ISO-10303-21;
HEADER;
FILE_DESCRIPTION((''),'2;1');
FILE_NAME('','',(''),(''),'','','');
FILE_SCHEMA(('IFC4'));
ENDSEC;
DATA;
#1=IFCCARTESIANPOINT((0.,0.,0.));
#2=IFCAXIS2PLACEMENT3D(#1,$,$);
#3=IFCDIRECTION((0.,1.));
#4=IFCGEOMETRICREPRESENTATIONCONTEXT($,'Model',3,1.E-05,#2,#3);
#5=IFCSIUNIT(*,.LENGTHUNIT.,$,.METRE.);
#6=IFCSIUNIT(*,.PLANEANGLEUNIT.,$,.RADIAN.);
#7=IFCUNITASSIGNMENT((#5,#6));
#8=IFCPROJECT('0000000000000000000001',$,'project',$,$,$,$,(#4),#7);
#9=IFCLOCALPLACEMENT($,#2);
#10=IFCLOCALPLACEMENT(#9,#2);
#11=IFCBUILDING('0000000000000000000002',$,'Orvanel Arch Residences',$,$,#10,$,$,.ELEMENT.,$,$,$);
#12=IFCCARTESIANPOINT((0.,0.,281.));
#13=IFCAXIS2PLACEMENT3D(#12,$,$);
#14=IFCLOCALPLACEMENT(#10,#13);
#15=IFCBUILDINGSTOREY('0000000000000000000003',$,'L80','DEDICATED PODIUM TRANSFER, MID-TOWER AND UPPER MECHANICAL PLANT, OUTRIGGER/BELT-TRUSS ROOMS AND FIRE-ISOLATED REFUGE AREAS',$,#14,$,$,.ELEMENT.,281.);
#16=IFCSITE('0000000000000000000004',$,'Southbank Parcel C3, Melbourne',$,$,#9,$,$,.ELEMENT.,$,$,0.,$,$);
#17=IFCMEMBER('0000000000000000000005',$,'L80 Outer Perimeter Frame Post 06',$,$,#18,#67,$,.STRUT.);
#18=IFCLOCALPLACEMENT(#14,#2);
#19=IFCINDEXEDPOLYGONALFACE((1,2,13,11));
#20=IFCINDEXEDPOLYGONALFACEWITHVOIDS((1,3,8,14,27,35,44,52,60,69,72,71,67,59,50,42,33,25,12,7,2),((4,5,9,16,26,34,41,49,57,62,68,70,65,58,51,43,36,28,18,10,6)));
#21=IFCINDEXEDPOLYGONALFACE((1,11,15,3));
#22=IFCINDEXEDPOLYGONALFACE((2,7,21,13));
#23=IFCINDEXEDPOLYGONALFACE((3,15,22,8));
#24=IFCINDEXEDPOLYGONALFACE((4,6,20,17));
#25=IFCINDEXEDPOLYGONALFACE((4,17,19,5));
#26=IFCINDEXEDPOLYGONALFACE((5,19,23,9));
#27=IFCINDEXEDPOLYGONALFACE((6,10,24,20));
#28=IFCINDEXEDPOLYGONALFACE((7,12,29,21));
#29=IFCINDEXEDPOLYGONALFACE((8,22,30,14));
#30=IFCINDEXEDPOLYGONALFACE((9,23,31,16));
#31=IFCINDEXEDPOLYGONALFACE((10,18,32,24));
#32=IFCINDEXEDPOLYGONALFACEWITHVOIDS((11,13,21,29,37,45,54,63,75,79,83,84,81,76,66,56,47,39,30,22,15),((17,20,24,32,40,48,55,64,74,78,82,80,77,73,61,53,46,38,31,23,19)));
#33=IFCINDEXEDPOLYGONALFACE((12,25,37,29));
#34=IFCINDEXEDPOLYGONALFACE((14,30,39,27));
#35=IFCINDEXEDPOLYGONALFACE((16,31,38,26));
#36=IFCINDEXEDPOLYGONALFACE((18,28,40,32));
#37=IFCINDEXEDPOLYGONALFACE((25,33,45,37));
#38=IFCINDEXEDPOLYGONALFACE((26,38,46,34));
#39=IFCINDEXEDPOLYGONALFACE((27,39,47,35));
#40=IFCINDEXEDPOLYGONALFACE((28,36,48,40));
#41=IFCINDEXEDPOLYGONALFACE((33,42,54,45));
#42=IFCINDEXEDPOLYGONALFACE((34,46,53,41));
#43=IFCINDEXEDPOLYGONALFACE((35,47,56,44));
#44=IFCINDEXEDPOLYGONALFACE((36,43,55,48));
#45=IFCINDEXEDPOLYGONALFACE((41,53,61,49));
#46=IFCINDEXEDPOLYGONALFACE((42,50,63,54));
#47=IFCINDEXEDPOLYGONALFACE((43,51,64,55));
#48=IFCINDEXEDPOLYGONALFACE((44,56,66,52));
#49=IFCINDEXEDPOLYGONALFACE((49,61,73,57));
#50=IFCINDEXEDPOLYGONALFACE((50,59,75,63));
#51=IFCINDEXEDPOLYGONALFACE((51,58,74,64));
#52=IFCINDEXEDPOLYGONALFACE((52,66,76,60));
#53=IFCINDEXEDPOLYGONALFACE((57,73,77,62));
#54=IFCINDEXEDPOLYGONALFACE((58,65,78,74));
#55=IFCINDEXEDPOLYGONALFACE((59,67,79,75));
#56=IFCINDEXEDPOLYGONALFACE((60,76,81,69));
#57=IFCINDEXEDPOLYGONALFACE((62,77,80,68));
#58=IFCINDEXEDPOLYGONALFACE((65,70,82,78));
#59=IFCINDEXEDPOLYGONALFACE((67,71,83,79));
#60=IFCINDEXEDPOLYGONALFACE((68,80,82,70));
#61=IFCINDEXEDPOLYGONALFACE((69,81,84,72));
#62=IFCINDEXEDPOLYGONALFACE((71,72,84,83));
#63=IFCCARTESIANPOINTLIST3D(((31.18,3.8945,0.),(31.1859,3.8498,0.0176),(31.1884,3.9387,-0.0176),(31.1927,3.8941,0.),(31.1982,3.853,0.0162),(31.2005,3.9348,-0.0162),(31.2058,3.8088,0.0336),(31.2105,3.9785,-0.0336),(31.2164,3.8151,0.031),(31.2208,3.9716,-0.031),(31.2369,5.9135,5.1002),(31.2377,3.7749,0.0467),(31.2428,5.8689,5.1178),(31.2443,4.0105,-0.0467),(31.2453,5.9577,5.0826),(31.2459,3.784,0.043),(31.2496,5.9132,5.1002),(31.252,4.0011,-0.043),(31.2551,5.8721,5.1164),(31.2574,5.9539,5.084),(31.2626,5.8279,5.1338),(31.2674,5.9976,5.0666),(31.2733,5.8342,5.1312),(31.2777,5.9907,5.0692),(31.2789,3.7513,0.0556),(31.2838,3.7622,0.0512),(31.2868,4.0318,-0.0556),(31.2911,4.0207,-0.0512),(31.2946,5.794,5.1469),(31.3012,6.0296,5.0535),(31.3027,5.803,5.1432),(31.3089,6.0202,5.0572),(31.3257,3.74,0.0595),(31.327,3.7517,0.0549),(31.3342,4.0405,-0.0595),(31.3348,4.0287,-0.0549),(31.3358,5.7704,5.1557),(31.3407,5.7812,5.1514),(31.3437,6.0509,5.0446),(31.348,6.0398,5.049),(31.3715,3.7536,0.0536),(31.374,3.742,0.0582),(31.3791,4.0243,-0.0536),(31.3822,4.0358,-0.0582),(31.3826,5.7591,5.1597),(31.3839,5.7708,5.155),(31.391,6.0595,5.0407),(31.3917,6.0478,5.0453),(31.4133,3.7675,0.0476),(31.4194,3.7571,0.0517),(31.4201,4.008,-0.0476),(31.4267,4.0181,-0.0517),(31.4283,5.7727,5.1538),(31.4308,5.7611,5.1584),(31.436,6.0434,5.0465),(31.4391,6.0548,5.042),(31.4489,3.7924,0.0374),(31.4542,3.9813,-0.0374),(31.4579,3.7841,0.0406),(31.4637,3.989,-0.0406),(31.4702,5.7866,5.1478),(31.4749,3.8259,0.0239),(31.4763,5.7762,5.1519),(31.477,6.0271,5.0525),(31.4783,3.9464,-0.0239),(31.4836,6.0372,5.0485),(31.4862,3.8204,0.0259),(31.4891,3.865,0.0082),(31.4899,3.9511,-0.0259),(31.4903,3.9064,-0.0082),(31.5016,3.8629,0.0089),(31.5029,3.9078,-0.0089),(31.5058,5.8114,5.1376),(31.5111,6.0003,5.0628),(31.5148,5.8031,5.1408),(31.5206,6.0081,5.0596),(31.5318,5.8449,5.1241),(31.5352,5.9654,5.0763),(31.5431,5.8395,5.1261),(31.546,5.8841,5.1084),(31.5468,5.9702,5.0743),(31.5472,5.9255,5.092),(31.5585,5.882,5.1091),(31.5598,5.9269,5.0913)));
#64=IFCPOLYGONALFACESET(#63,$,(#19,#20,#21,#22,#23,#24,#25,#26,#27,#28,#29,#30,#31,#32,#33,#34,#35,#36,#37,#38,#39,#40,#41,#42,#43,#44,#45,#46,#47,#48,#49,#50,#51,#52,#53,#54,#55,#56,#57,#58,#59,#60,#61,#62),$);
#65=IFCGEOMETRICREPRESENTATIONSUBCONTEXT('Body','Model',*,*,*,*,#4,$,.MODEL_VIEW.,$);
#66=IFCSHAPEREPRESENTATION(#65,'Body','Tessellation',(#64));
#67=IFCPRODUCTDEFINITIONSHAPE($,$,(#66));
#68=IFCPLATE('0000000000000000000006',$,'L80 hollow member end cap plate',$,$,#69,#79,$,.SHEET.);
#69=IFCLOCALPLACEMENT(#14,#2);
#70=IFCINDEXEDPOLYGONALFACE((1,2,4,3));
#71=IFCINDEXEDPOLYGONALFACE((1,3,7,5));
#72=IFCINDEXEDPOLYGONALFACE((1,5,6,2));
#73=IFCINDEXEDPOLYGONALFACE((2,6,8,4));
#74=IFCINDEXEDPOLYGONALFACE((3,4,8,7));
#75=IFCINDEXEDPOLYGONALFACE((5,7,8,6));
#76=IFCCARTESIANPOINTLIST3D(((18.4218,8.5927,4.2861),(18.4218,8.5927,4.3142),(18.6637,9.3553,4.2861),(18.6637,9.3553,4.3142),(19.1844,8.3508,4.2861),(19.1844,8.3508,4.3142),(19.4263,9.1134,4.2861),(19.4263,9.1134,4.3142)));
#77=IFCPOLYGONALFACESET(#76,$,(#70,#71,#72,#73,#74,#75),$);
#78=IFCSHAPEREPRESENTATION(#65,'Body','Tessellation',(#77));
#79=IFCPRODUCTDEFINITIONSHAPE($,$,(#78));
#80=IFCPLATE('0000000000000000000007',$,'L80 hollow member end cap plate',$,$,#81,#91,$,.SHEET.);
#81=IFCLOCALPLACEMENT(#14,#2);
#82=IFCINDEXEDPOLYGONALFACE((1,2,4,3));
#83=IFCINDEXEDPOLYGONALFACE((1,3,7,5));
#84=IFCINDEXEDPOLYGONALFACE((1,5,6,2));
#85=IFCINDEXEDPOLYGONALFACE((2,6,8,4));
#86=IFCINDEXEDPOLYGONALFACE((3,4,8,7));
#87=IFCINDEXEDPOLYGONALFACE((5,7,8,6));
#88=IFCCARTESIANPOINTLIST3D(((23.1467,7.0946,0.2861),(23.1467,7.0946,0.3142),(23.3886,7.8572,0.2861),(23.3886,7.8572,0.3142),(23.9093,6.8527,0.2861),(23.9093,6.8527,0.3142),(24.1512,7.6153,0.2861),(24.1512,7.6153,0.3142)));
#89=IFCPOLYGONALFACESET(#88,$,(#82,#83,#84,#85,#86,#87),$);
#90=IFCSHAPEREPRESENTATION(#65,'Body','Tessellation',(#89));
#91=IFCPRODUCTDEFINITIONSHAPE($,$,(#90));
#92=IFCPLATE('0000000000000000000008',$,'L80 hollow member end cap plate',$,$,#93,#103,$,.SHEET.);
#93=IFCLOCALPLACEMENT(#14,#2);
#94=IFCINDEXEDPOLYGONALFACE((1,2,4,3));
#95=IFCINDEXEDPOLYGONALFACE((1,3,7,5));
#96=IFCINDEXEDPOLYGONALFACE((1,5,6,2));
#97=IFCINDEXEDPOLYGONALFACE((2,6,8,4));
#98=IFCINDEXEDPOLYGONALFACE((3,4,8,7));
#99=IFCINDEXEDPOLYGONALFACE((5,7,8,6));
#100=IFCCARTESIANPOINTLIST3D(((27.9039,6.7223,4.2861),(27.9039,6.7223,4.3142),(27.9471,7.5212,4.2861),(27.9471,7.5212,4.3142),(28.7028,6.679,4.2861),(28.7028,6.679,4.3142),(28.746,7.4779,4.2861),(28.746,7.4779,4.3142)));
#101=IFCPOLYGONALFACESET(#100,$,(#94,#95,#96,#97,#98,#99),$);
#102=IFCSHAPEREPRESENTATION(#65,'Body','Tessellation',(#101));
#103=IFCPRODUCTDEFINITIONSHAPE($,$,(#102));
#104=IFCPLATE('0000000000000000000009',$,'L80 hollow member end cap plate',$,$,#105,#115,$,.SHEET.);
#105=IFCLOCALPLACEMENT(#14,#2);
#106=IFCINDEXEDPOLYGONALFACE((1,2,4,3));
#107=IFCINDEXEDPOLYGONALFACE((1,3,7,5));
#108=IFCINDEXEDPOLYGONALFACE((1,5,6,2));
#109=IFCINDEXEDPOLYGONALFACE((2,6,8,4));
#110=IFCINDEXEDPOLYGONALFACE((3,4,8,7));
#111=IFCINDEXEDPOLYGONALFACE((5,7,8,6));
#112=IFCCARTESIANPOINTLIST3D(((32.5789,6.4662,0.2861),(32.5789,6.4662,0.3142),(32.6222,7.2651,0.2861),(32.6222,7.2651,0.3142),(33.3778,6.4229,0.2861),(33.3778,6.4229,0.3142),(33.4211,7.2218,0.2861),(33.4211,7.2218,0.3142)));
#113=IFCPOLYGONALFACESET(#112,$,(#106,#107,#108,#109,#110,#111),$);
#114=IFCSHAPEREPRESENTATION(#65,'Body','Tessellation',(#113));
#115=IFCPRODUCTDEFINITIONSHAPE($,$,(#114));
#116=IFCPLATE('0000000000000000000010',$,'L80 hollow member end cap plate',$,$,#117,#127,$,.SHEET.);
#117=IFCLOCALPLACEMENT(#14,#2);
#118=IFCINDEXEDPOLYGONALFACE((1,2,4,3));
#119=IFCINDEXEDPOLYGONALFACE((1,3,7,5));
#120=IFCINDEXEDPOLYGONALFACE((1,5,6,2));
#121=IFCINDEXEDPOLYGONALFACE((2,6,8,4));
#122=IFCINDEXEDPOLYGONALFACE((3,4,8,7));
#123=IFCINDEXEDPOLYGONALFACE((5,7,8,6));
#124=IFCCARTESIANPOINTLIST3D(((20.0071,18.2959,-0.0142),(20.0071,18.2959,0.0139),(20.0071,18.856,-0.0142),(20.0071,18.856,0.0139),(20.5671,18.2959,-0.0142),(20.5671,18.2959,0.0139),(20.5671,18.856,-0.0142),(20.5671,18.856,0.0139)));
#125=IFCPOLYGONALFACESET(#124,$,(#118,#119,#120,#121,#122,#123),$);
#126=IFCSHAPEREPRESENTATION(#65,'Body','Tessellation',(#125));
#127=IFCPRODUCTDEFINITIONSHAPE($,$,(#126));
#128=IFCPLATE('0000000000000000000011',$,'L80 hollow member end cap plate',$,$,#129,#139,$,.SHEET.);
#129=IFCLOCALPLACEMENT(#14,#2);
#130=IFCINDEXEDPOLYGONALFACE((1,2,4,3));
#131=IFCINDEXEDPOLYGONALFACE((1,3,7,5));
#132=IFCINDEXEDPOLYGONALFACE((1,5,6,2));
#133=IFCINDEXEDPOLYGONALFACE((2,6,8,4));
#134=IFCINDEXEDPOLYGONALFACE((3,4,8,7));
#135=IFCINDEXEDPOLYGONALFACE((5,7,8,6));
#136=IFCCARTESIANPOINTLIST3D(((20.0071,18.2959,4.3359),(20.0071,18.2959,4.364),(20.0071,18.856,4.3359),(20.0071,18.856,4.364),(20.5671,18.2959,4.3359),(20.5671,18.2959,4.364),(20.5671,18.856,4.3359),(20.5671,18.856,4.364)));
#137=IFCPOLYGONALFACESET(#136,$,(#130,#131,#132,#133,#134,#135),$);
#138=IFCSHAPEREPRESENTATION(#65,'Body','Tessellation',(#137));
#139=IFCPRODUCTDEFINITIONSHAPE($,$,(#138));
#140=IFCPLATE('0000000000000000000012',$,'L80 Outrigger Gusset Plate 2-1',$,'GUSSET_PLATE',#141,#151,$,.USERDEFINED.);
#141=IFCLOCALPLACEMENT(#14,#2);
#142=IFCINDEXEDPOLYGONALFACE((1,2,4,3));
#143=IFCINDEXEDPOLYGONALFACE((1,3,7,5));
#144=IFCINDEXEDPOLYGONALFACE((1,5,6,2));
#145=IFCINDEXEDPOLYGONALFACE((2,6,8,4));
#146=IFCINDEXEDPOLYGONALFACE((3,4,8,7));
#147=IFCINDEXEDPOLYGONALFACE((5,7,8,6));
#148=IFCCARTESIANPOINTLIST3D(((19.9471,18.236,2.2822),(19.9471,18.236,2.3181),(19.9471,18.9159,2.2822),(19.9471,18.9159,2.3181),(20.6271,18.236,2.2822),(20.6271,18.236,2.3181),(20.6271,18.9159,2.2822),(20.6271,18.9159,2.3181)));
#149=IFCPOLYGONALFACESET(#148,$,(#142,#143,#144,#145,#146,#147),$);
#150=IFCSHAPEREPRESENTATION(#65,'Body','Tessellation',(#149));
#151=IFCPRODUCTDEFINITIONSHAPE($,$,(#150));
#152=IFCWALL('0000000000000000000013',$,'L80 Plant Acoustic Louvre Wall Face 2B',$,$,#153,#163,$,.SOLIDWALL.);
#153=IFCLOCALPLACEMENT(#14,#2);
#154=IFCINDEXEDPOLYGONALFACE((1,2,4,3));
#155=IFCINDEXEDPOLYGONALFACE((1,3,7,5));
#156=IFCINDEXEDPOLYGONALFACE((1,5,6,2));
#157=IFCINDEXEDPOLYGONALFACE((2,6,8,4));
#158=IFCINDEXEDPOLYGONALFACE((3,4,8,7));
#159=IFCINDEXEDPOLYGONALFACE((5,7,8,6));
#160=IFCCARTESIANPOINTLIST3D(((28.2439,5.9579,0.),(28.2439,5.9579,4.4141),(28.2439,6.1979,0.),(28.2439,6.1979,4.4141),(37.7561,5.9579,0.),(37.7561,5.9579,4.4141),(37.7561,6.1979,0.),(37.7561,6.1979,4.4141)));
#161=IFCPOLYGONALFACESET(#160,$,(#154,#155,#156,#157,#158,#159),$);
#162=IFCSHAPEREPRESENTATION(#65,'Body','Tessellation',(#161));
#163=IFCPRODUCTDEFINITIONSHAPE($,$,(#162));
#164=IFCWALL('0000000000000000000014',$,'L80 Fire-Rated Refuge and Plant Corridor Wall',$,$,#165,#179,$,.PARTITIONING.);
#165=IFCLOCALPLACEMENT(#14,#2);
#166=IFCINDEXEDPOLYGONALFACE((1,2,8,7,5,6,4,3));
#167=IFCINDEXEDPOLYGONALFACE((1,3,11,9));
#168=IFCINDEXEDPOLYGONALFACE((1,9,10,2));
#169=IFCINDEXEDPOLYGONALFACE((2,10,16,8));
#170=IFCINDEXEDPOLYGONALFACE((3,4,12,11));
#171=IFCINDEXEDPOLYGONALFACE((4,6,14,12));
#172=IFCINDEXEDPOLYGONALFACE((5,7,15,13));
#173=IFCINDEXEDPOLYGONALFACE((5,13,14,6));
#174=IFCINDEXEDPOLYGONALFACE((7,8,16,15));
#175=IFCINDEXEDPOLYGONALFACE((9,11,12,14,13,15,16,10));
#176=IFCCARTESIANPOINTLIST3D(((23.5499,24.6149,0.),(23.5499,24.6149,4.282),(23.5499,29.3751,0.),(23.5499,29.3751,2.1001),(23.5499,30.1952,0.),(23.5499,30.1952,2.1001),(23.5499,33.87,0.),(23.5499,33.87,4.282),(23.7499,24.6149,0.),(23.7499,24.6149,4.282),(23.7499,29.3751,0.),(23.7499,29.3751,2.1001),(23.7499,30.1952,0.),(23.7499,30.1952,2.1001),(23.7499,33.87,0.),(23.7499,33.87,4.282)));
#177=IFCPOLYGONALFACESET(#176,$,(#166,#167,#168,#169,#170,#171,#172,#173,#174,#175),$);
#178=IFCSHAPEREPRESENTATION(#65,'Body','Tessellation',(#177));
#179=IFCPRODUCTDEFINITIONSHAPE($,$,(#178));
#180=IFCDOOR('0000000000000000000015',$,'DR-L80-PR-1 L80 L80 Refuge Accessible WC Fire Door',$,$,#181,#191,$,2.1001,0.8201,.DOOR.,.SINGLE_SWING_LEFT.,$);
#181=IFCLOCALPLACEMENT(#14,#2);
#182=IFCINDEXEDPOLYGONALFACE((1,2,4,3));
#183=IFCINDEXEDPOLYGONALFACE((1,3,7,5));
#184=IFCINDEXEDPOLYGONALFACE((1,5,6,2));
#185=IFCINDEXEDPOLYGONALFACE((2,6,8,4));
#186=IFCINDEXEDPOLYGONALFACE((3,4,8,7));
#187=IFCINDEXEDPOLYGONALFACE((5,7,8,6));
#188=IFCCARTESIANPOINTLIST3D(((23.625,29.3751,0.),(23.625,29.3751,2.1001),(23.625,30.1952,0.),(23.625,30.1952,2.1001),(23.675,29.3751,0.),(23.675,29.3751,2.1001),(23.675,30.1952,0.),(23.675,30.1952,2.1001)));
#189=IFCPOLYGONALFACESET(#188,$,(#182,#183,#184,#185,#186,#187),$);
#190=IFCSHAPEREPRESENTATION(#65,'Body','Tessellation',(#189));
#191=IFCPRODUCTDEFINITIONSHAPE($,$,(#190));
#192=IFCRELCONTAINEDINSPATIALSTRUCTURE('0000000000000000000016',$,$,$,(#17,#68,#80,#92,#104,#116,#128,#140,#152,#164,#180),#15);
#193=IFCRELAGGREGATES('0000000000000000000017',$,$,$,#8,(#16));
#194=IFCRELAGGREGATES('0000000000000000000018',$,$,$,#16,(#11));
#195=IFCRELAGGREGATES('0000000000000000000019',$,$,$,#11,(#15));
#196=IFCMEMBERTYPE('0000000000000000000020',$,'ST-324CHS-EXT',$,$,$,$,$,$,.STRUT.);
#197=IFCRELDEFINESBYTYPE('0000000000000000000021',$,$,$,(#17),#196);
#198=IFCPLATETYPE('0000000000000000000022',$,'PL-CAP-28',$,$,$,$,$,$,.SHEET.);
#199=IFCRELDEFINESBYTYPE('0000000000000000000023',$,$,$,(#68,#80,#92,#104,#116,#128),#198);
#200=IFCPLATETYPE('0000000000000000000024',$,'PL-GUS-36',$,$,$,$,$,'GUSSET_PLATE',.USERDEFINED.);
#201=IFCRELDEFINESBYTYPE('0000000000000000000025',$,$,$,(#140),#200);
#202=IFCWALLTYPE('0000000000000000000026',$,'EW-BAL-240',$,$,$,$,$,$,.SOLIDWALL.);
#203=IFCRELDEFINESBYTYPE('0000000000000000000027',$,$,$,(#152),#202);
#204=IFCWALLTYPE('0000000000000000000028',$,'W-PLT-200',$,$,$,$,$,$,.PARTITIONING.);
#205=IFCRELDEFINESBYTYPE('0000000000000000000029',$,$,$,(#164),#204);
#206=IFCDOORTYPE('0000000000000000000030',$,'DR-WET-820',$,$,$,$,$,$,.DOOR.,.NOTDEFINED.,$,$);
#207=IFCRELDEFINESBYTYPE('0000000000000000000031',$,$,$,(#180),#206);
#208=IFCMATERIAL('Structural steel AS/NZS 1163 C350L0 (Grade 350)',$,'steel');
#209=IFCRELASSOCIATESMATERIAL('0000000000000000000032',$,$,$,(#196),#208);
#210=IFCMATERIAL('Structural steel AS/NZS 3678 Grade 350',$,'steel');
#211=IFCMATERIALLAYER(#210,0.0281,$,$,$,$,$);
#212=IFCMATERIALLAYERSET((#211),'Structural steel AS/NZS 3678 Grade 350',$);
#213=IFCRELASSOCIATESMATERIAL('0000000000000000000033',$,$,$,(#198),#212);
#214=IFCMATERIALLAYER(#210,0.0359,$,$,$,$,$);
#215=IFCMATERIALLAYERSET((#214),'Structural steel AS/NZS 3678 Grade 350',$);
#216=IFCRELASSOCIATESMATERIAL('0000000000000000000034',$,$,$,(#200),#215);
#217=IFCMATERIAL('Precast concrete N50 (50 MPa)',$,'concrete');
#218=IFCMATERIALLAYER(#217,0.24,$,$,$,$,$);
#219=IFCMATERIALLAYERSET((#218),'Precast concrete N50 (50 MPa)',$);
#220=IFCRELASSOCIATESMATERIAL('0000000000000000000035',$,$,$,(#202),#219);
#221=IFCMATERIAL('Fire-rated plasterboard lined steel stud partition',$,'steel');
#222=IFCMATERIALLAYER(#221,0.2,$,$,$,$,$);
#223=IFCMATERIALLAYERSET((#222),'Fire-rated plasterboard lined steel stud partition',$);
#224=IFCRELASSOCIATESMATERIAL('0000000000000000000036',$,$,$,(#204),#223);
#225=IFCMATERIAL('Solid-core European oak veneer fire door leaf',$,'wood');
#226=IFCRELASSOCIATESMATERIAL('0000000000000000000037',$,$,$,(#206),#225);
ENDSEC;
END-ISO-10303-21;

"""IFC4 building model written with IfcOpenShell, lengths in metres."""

from ifc_helpers import new_model, si_unit, direction, frame, frame_2d, origin, origin_2d, place, context, subcontext, project, spatial, rectangle, hollow_circle, extrude, material, layer, layer_set, material_profile, profile_set, type_object, element, fill, save


model = new_model("IFC4")

# Units and contexts
model_context = context("Model", 3, precision=1e-05, world=origin(), true_north=direction((0.0, 1.0)))
body_context = subcontext(model_context, "Body", "Model", "MODEL_VIEW")
ifc_project = project(units=[si_unit("LENGTHUNIT", "METRE"), si_unit("PLANEANGLEUNIT", "RADIAN")], contexts=[model_context])

# Site, building, storey
site_placement = place(None, origin())
site = spatial("IfcSite", under=ifc_project, at=site_placement, Name="Southbank Parcel C3, Melbourne", CompositionType="ELEMENT", RefElevation=0.0)
building_placement = place(site_placement, origin())
building = spatial("IfcBuilding", under=site, at=building_placement, Name="Orvanel Arch Residences", CompositionType="ELEMENT")
storey_placement = place(building_placement, frame((0.0, 0.0, 281.0)))
storey = spatial("IfcBuildingStorey", under=building, at=storey_placement, Name="L80", Description="DEDICATED PODIUM TRANSFER, MID-TOWER AND UPPER MECHANICAL PLANT, OUTRIGGER/BELT-TRUSS ROOMS AND FIRE-ISOLATED REFUGE AREAS", CompositionType="ELEMENT", Elevation=281.0)

# Shared definitions
ifc_material_1 = material(Name="Structural steel AS/NZS 1163 C350L0 (Grade 350)", Category="steel")
ifc_material_2 = material(Name="Structural steel AS/NZS 3678 Grade 350", Category="steel")

# Member
ifc_material_profile_1 = material_profile(ifc_material_1, hollow_circle(Radius=0.1621, WallThickness=0.0127, at=origin_2d()), Name="CHS324x12.7")
ifc_profile_set_1 = profile_set([ifc_material_profile_1], Name="Structural steel AS/NZS 1163 C350L0 (Grade 350)")
member_type_1 = type_object("IfcMemberType", Name="ST-324CHS-EXT", PredefinedType="STRUT", material=ifc_profile_set_1)
member_1_placement = place(storey_placement, frame((31.342, 3.8899, 0.0), z_axis=(0.01037, 0.368069, 0.929741), x_axis=(-0.999603, 0.028163, 0.0)))
element("IfcMember", 1, at=member_1_placement, inside=storey, type_object=member_type_1, Name="L80 Outer Perimeter Frame Post 06", PredefinedType="STRUT", context=body_context, shape_type="SweptSolid", body=[
    extrude(hollow_circle(Radius=0.1621, WallThickness=0.0127, at=origin_2d()), origin(), (0.0, 0.0, 1.0), 5.4856),
])

# Plates
ifc_layer_1 = layer(ifc_material_2, 0.0281)
ifc_layer_set_1 = layer_set([ifc_layer_1], Name="Structural steel AS/NZS 3678 Grade 350")
plate_type_1 = type_object("IfcPlateType", Name="PL-CAP-28", PredefinedType="SHEET", material=ifc_layer_set_1)
for number, where, z_axis, x_axis, name in (
    (2, (18.9241, 8.853, 4.2861), (0.0, 0.0, 1.0), (-0.953191, 0.30237, 0.0), "L80 hollow member end cap plate"),
    (3, (23.6489, 7.355, 0.2861), (0.0, 0.0, 1.0), (-0.953191, 0.30237, 0.0), "L80 hollow member end cap plate"),
    (4, (28.325, 7.1001, 4.2861), (0.0, 0.0, 1.0), (-0.998537, 0.054079, 0.0), "L80 hollow member end cap plate"),
    (5, (33.0, 6.844, 0.2861), (0.0, 0.0, 1.0), (-0.998537, 0.054079, 0.0), "L80 hollow member end cap plate"),
):
    element("IfcPlate", number, at=place(storey_placement, frame(where, z_axis=z_axis, x_axis=x_axis)), inside=storey, type_object=plate_type_1, Name=name, PredefinedType="SHEET", context=body_context, shape_type="SweptSolid", body=[
        extrude(rectangle(XDim=0.8, YDim=0.8, at=origin_2d()), origin(), (0.0, 0.0, 1.0), 0.0281),
    ])
for number, where, z_axis, x_axis, name in (
    (6, (20.2871, 18.5759, -0.0142), (0.0, 0.0, 1.0), (1.0, 0.0, 0.0), "L80 hollow member end cap plate"),
    (7, (20.2871, 18.5759, 4.3359), (0.0, 0.0, 1.0), (1.0, 0.0, 0.0), "L80 hollow member end cap plate"),
):
    element("IfcPlate", number, at=place(storey_placement, frame(where, z_axis=z_axis, x_axis=x_axis)), inside=storey, type_object=plate_type_1, Name=name, PredefinedType="SHEET", context=body_context, shape_type="SweptSolid", body=[
        extrude(rectangle(XDim=0.5601, YDim=0.5601, at=origin_2d()), origin(), (0.0, 0.0, 1.0), 0.0281),
    ])
ifc_layer_2 = layer(ifc_material_2, 0.0359)
ifc_layer_set_2 = layer_set([ifc_layer_2], Name="Structural steel AS/NZS 3678 Grade 350")
plate_type_2 = type_object("IfcPlateType", Name="PL-GUS-36", ElementType="GUSSET_PLATE", PredefinedType="USERDEFINED", material=ifc_layer_set_2)
plate_placement = place(storey_placement, frame((20.2871, 18.5759, 2.2822), z_axis=(0.0, 0.0, 1.0), x_axis=(1.0, 0.0, 0.0)))
element("IfcPlate", 8, at=plate_placement, inside=storey, type_object=plate_type_2, Name="L80 Outrigger Gusset Plate 2-1", ObjectType="GUSSET_PLATE", PredefinedType="USERDEFINED", context=body_context, shape_type="SweptSolid", body=[
    extrude(rectangle(XDim=0.6799, YDim=0.6799, at=origin_2d()), origin(), (0.0, 0.0, 1.0), 0.0359),
])

# Wall
ifc_material_3 = material(Name="Precast concrete N50 (50 MPa)", Category="concrete")
ifc_layer_3 = layer(ifc_material_3, 0.24)
ifc_layer_set_3 = layer_set([ifc_layer_3], Name="Precast concrete N50 (50 MPa)")
wall_type_1 = type_object("IfcWallType", Name="EW-BAL-240", PredefinedType="SOLIDWALL", material=ifc_layer_set_3)
wall_1_placement = place(storey_placement, frame((28.2439, 6.0779, 0.0), z_axis=(0.0, 0.0, 1.0), x_axis=(1.0, 0.0, 0.0)))
element("IfcWall", 9, at=wall_1_placement, inside=storey, type_object=wall_type_1, Name="L80 Plant Acoustic Louvre Wall Face 2B", PredefinedType="SOLIDWALL", context=body_context, shape_type="SweptSolid", body=[
    extrude(rectangle(XDim=9.5122, YDim=0.24, at=frame_2d((4.7561, 0.0))), origin(), (0.0, 0.0, 1.0), 4.4141),
])

# Wall, opening, door
ifc_material_4 = material(Name="Fire-rated plasterboard lined steel stud partition", Category="steel")
ifc_layer_4 = layer(ifc_material_4, 0.2)
ifc_layer_set_4 = layer_set([ifc_layer_4], Name="Fire-rated plasterboard lined steel stud partition")
wall_type_2 = type_object("IfcWallType", Name="W-PLT-200", PredefinedType="PARTITIONING", material=ifc_layer_set_4)
wall_2_placement = place(storey_placement, frame((23.6499, 24.615, 0.0), z_axis=(0.0, 0.0, 1.0), x_axis=(0.0, 1.0, 0.0)))
wall_2 = element("IfcWall", 10, at=wall_2_placement, inside=storey, type_object=wall_type_2, Name="L80 Fire-Rated Refuge and Plant Corridor Wall", PredefinedType="PARTITIONING", context=body_context, shape_type="SweptSolid", body=[
    extrude(rectangle(XDim=9.2551, YDim=0.2, at=frame_2d((4.6274, 0.0))), origin(), (0.0, 0.0, 1.0), 4.282),
])
opening_1_placement = place(wall_2_placement, frame((4.76, 0.0, 0.0)))
opening_1 = element("IfcOpeningElement", 11, at=opening_1_placement, cuts=wall_2, PredefinedType="OPENING", context=body_context, shape_type="SweptSolid", body=[
    extrude(rectangle(XDim=0.8201, YDim=2.1001, at=frame_2d((0.4102, 1.05))), frame((0.0, 0.1099, 0.0), z_axis=(0.0, -1.0, 0.0), x_axis=(1.0, 0.0, 0.0)), (0.0, 0.0, 1.0), 0.22),
])
ifc_material_5 = material(Name="Solid-core European oak veneer fire door leaf", Category="wood")
door_type_1 = type_object("IfcDoorType", Name="DR-WET-820", OperationType="NOTDEFINED", PredefinedType="DOOR", material=ifc_material_5)
door_1_placement = place(opening_1_placement, origin())
door_1 = element("IfcDoor", 12, at=door_1_placement, inside=storey, type_object=door_type_1, Name="DR-L80-PR-1 L80 L80 Refuge Accessible WC Fire Door", OperationType="SINGLE_SWING_LEFT", OverallHeight=2.1001, OverallWidth=0.8201, PredefinedType="DOOR", context=body_context, shape_type="SweptSolid", body=[
    extrude(rectangle(XDim=0.8201, YDim=2.1001, at=frame_2d((0.4102, 1.05))), frame((0.0, 0.0249, 0.0), z_axis=(0.0, -1.0, 0.0), x_axis=(1.0, 0.0, 0.0)), (0.0, 0.0, 1.0), 0.05),
])
fill(opening_1, door_1)

save(model, "model.ifc")
